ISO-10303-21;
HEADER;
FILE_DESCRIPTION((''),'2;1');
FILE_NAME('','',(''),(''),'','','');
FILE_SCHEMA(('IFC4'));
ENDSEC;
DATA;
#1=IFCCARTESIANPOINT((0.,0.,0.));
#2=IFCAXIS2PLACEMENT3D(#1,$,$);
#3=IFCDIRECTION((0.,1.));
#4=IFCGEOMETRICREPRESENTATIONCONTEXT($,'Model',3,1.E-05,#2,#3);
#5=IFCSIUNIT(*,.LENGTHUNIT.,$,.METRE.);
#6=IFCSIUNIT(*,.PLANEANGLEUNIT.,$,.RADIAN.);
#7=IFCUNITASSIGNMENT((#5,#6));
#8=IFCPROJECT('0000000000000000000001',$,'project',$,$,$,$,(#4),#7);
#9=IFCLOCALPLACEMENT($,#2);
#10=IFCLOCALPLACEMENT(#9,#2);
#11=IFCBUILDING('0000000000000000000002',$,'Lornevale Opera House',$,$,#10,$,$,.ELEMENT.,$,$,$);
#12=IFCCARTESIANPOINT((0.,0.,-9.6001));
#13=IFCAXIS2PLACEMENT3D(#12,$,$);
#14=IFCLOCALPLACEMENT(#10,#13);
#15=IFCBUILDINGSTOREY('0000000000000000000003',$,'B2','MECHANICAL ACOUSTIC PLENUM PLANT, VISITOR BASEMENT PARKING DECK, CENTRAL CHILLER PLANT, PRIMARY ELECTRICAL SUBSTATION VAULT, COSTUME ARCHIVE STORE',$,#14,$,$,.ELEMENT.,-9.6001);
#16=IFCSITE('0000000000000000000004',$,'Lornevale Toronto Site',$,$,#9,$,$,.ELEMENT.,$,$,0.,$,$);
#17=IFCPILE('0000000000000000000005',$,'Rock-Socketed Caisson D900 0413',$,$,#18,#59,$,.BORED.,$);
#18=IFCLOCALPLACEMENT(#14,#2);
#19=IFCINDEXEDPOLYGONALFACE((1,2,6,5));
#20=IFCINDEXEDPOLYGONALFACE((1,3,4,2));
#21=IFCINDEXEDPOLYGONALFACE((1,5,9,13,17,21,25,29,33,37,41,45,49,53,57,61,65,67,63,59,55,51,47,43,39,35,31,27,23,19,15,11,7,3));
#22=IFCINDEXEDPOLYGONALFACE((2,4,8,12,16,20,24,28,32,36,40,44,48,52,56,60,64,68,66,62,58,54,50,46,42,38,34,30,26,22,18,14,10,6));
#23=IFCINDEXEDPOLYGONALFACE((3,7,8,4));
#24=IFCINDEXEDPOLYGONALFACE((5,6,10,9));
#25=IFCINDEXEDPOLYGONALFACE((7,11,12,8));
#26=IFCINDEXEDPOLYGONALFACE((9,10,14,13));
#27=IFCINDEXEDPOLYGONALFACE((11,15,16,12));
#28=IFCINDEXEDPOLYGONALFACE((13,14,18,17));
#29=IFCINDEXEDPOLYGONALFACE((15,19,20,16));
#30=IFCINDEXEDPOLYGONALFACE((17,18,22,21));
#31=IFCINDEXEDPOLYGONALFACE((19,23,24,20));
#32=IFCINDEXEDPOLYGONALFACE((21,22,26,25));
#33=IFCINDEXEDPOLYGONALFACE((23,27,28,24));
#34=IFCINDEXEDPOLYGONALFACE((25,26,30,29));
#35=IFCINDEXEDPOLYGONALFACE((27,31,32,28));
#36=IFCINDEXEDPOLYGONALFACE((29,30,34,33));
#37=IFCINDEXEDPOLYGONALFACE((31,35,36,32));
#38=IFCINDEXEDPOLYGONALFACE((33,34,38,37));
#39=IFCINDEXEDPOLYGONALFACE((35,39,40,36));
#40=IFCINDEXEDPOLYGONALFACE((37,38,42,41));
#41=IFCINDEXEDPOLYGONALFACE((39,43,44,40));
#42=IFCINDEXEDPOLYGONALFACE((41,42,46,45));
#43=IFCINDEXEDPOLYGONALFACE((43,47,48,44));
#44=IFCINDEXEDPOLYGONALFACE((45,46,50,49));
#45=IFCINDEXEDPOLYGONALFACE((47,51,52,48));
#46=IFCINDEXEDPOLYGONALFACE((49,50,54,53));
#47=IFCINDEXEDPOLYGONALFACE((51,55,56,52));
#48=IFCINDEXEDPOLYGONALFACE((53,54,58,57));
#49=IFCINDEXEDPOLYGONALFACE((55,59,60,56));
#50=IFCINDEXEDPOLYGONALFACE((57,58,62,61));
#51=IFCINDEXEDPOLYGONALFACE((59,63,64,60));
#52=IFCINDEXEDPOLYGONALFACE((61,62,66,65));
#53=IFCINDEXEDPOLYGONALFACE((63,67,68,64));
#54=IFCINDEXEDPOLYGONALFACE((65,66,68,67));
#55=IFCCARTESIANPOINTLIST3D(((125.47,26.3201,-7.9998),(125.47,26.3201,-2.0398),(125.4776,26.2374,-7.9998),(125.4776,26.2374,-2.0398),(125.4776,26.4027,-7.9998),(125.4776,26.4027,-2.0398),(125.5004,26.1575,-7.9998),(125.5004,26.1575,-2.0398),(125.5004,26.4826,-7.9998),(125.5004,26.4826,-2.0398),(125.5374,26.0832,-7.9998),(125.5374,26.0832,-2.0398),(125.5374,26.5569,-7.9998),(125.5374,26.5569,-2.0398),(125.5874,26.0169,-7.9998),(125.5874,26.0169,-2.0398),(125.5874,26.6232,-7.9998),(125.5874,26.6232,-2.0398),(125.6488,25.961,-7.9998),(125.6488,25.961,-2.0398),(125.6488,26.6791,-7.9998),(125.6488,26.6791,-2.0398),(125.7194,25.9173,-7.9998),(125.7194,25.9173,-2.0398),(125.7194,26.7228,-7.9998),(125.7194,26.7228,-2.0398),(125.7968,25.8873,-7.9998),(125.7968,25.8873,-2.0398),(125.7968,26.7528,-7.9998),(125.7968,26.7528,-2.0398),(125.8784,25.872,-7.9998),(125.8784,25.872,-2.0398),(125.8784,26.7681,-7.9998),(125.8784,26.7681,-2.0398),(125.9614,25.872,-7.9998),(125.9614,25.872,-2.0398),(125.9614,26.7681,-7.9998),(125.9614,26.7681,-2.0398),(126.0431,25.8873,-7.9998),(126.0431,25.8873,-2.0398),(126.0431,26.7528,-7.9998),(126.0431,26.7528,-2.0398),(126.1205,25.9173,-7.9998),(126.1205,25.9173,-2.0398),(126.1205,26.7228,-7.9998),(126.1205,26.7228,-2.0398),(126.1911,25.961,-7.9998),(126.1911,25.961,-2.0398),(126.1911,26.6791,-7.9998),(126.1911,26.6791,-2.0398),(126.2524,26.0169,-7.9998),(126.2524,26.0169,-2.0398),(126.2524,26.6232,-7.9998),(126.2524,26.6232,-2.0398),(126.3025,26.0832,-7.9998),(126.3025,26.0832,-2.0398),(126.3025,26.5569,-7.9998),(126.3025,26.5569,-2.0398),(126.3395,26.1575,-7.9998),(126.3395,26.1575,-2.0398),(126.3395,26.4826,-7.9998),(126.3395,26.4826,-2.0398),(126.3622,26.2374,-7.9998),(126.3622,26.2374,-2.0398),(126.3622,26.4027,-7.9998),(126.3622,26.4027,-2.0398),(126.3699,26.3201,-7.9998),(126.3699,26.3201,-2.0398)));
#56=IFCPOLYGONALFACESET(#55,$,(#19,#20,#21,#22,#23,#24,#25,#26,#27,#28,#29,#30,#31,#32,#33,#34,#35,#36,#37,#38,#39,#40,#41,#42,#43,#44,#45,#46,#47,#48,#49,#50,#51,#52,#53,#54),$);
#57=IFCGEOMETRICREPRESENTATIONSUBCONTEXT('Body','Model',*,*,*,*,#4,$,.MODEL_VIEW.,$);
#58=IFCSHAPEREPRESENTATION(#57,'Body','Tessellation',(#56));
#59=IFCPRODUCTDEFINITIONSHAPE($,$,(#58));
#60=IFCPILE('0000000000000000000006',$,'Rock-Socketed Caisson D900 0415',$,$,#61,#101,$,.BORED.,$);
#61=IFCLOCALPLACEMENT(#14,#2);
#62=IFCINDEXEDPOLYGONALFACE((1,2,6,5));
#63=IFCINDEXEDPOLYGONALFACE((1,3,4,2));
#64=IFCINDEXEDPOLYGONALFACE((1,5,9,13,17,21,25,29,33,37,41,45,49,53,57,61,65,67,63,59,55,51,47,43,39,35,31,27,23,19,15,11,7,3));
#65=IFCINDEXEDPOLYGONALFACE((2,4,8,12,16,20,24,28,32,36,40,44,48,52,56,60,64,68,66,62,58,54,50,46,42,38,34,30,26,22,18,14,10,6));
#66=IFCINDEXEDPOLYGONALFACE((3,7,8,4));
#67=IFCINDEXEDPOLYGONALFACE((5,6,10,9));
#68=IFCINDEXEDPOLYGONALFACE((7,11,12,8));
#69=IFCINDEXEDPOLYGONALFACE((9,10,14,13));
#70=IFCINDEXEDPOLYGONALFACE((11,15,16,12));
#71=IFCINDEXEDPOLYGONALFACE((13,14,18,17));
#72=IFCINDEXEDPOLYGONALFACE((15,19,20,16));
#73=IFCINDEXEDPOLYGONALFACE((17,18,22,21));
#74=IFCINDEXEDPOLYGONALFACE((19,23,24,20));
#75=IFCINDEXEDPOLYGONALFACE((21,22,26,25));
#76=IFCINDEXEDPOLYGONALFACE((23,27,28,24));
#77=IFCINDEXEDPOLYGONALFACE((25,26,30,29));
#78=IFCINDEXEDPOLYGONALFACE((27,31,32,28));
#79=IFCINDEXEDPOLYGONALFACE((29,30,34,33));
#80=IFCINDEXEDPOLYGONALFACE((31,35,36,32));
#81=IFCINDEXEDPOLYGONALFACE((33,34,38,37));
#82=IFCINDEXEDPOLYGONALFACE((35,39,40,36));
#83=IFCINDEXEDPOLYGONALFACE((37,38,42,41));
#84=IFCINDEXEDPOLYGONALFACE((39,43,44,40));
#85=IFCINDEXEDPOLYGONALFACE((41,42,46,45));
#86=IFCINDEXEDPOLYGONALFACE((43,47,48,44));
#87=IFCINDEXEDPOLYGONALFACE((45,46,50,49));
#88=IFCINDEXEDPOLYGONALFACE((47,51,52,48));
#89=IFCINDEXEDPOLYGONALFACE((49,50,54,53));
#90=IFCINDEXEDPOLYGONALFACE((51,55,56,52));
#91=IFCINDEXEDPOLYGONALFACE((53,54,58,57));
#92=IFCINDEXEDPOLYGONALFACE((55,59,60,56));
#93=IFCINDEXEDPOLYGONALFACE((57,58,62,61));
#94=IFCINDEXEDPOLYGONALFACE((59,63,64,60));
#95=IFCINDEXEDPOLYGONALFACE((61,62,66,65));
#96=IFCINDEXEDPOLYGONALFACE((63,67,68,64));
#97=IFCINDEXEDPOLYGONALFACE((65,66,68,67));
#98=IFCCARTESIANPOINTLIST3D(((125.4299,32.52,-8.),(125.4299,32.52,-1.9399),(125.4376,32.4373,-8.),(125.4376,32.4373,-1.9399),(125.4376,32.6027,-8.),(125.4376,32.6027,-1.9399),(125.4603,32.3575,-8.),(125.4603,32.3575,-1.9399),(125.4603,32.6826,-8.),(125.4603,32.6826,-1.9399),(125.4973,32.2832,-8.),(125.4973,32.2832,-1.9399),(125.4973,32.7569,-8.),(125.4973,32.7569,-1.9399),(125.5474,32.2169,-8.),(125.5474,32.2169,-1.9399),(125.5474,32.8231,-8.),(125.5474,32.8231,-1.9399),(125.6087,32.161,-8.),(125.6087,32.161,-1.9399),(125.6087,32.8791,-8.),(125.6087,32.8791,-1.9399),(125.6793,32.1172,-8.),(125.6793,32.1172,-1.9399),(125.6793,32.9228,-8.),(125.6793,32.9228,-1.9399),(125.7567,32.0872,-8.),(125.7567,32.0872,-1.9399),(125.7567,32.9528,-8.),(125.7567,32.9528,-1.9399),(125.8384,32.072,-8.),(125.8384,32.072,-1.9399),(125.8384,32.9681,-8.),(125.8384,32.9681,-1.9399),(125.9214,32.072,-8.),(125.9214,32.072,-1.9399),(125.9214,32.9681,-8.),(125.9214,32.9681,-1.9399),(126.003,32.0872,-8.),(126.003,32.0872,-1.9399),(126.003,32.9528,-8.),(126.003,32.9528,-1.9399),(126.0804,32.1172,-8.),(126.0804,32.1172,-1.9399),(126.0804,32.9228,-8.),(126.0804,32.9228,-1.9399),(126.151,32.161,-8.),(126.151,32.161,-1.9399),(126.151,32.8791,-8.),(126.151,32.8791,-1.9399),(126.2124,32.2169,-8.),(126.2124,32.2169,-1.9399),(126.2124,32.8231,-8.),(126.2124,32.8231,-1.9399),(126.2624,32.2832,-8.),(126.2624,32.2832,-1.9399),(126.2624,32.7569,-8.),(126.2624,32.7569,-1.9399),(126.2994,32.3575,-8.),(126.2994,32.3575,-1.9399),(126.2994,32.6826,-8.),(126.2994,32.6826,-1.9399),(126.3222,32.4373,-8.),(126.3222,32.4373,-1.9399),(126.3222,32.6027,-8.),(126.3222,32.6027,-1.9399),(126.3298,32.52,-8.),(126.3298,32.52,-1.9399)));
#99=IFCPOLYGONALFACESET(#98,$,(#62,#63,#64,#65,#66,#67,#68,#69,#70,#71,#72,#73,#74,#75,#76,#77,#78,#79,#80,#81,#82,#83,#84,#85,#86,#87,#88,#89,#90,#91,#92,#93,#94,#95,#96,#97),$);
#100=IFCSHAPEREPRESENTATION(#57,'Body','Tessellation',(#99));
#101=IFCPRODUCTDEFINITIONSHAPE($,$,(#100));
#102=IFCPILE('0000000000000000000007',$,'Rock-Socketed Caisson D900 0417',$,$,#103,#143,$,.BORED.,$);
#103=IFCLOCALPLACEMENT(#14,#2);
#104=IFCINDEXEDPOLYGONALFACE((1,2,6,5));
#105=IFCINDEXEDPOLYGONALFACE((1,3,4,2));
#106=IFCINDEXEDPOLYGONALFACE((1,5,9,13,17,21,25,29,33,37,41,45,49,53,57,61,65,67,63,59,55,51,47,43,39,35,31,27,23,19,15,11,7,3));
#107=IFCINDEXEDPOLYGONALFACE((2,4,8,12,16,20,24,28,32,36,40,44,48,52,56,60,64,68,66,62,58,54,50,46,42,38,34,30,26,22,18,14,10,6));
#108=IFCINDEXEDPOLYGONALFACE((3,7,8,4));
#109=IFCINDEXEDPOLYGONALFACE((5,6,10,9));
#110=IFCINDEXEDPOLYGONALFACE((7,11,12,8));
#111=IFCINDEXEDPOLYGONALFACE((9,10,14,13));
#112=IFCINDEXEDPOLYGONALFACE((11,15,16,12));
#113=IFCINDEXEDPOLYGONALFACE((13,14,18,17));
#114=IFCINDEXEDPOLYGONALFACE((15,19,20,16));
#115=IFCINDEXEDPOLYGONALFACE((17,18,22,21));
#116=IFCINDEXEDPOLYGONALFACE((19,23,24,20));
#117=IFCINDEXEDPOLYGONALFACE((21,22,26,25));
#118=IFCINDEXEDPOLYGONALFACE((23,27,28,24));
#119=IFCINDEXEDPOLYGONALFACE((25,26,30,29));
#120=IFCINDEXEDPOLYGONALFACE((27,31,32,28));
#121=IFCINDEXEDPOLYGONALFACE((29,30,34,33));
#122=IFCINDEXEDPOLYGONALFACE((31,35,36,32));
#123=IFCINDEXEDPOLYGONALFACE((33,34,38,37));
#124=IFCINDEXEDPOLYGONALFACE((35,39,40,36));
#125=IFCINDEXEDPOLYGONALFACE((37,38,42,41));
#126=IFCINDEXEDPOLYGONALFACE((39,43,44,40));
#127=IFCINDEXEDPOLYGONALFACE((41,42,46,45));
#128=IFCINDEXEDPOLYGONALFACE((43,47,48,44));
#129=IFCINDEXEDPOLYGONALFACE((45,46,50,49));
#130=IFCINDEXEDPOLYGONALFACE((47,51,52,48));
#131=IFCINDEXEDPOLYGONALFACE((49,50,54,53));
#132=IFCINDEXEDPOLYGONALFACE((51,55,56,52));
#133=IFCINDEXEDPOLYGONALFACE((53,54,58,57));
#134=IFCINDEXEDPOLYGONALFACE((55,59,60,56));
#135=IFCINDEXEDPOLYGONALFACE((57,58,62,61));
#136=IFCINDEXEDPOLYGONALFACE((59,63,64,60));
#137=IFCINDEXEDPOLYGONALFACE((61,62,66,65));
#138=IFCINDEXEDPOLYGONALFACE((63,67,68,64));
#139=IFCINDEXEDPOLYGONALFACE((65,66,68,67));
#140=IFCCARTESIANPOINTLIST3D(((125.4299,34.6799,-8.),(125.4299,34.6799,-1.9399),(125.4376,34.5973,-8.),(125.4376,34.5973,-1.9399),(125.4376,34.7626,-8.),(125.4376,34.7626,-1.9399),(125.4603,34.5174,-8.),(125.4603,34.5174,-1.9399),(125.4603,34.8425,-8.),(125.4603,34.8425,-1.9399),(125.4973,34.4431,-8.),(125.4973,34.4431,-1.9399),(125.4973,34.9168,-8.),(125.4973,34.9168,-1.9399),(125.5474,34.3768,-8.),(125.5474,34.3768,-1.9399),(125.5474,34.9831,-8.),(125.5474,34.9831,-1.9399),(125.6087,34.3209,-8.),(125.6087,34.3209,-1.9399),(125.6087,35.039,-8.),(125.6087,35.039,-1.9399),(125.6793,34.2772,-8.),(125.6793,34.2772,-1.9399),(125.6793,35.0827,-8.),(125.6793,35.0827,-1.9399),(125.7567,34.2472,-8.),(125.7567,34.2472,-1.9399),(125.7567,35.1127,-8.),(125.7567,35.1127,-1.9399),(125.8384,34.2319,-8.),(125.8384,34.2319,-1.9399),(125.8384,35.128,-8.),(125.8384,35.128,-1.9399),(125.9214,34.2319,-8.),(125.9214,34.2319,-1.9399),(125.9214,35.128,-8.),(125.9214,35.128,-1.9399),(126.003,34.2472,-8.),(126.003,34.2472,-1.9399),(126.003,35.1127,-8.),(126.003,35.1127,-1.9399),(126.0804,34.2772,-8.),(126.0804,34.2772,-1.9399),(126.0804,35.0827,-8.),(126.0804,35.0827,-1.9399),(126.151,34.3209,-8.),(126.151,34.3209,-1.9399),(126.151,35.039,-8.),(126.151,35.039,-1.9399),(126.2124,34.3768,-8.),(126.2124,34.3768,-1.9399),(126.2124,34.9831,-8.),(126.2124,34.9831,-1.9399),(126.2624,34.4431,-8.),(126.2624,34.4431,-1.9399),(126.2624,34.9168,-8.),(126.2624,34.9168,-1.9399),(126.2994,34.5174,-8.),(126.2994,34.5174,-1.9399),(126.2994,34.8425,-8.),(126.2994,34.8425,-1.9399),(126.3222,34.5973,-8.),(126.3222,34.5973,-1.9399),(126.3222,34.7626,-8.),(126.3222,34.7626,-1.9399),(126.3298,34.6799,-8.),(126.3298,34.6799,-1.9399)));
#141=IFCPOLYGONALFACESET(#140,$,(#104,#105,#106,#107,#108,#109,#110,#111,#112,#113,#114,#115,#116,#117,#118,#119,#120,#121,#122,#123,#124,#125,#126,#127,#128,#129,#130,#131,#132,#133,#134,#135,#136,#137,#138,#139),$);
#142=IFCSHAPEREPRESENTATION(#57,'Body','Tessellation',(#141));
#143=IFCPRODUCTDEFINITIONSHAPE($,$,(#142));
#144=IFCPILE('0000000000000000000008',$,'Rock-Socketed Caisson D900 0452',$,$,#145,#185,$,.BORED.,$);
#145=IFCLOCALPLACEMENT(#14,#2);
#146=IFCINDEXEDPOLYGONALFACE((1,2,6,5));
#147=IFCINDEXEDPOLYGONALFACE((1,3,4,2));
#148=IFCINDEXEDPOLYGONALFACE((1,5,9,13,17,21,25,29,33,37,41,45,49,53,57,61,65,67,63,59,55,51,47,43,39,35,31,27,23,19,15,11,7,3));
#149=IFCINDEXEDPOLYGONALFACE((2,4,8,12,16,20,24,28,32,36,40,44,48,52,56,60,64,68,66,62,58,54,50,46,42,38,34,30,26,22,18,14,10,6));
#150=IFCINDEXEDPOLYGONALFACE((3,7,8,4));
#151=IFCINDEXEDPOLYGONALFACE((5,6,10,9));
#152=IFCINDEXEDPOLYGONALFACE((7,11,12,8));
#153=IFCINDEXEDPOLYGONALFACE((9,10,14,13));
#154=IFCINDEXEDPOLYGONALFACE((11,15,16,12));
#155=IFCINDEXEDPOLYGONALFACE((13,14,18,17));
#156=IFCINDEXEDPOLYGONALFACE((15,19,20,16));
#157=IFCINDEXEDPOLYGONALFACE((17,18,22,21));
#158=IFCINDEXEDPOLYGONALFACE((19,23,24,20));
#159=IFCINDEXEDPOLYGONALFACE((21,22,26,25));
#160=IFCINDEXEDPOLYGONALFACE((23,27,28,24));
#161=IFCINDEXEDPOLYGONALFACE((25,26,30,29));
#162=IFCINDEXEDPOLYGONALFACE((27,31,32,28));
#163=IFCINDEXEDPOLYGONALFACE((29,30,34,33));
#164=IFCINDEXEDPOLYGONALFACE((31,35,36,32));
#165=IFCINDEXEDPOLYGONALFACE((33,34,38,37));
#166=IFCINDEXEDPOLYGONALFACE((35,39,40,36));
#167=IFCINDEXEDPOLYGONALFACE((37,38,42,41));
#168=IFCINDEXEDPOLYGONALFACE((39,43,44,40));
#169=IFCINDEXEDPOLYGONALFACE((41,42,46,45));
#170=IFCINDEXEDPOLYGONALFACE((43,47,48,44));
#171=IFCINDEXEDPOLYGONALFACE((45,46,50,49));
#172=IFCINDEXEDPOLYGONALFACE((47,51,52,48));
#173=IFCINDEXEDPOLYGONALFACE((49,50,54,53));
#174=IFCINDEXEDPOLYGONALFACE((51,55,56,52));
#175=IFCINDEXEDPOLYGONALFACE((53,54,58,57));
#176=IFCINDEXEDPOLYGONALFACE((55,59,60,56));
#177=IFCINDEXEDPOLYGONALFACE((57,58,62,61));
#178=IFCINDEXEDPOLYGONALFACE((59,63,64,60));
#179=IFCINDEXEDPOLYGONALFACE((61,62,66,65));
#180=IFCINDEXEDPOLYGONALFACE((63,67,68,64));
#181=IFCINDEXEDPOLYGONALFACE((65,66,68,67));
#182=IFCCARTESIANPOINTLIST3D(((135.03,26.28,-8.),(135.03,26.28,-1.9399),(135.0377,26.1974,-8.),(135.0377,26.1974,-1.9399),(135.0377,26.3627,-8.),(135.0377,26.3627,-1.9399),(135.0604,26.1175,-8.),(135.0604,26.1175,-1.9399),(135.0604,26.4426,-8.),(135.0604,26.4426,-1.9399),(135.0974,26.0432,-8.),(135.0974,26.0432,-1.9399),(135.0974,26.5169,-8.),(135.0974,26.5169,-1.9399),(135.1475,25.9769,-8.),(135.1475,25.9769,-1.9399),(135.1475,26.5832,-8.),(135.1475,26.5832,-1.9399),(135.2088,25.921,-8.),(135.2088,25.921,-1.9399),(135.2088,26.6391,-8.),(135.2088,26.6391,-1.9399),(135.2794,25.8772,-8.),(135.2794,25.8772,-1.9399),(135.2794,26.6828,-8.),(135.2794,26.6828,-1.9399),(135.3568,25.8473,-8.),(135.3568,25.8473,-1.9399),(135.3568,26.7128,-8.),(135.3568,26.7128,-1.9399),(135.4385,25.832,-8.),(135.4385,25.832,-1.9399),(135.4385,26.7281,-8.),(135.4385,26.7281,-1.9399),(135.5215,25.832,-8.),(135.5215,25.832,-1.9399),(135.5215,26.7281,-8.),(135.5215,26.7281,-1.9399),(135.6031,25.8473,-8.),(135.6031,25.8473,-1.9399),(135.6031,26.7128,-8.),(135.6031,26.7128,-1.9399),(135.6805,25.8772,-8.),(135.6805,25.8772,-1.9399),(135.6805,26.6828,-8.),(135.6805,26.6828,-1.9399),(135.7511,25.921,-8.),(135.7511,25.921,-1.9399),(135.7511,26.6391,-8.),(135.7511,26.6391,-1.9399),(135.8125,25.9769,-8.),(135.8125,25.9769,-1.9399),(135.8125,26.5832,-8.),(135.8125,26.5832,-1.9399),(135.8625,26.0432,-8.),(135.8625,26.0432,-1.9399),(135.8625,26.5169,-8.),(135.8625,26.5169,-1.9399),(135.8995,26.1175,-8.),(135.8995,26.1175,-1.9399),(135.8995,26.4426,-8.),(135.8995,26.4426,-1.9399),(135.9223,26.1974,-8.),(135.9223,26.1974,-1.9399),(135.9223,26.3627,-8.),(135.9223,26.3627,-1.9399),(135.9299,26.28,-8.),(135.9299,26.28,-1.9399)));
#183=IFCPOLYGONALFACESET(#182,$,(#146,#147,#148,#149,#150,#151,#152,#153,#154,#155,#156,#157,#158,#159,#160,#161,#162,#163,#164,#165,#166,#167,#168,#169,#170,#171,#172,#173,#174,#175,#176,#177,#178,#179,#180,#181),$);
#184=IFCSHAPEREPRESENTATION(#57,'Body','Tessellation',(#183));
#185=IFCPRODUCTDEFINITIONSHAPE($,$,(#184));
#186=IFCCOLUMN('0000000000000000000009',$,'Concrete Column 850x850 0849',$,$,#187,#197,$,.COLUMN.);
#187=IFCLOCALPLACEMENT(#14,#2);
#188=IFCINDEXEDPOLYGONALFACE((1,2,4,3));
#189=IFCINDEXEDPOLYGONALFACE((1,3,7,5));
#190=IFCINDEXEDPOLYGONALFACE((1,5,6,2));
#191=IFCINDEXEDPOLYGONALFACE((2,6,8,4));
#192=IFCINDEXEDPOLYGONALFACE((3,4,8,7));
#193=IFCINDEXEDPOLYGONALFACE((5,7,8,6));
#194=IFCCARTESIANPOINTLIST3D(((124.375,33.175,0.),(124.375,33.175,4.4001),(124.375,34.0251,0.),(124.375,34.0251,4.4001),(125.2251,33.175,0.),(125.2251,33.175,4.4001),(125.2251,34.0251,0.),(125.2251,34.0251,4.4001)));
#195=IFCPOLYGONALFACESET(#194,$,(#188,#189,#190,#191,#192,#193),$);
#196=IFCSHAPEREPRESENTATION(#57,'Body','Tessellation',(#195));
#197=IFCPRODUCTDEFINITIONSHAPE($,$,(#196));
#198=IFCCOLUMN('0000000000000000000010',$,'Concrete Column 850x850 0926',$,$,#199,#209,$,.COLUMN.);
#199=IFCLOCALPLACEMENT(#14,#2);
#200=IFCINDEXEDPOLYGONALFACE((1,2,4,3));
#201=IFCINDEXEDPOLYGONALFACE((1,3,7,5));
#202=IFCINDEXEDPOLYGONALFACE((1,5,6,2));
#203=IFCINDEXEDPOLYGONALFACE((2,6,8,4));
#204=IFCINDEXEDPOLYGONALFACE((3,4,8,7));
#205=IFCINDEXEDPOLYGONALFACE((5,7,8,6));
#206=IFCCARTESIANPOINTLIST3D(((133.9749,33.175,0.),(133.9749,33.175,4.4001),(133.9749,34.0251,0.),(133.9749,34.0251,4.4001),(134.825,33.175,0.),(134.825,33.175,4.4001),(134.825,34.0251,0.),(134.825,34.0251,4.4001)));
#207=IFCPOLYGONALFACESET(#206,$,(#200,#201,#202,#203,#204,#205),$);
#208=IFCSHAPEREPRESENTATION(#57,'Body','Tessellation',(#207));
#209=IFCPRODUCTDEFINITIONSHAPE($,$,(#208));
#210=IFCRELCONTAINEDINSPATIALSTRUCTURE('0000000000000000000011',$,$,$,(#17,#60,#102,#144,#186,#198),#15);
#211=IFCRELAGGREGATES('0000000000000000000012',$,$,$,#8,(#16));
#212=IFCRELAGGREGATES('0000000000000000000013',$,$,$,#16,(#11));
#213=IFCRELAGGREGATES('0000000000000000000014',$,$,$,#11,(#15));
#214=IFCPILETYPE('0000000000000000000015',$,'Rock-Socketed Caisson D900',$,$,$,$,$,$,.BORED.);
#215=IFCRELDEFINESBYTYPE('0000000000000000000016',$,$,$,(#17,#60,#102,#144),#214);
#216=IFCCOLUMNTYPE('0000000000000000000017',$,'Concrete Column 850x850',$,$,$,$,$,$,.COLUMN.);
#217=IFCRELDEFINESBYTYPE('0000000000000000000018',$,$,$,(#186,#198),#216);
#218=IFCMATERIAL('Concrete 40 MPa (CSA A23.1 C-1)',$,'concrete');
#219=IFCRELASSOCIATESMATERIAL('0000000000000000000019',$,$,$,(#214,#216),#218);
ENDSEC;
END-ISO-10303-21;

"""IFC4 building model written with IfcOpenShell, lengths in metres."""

from ifc_helpers import new_model, si_unit, direction, frame, origin, origin_2d, place, context, subcontext, project, spatial, rectangle, circle, extrude, material, material_profile, profile_set, type_object, element, save


model = new_model("IFC4")

# Units and contexts
model_context = context("Model", 3, precision=1e-05, world=origin(), true_north=direction((0.0, 1.0)))
body_context = subcontext(model_context, "Body", "Model", "MODEL_VIEW")
ifc_project = project(units=[si_unit("LENGTHUNIT", "METRE"), si_unit("PLANEANGLEUNIT", "RADIAN")], contexts=[model_context])

# Site, building, storey
site_placement = place(None, origin())
site = spatial("IfcSite", under=ifc_project, at=site_placement, Name="Lornevale Toronto Site", CompositionType="ELEMENT", RefElevation=0.0)
building_placement = place(site_placement, origin())
building = spatial("IfcBuilding", under=site, at=building_placement, Name="Lornevale Opera House", CompositionType="ELEMENT")
storey_placement = place(building_placement, frame((0.0, 0.0, -9.6001)))
storey = spatial("IfcBuildingStorey", under=building, at=storey_placement, Name="B2", Description="MECHANICAL ACOUSTIC PLENUM PLANT, VISITOR BASEMENT PARKING DECK, CENTRAL CHILLER PLANT, PRIMARY ELECTRICAL SUBSTATION VAULT, COSTUME ARCHIVE STORE", CompositionType="ELEMENT", Elevation=-9.6001)

# Piles
ifc_material_1 = material(Name="Concrete 40 MPa (CSA A23.1 C-1)", Category="concrete")
ifc_material_profile_1 = material_profile(ifc_material_1, circle(Radius=0.45, at=origin_2d()), Name="CAIS900")
ifc_profile_set_1 = profile_set([ifc_material_profile_1], Name="Concrete 40 MPa (CSA A23.1 C-1)")
pile_type_1 = type_object("IfcPileType", Name="Rock-Socketed Caisson D900", PredefinedType="BORED", material=ifc_profile_set_1)
pile_placement = place(storey_placement, frame((125.9199, 26.3201, -2.0398), z_axis=(0.0, 0.0, -1.0), x_axis=(1.0, 0.0, 0.0)))
element("IfcPile", 1, at=pile_placement, inside=storey, type_object=pile_type_1, Name="Rock-Socketed Caisson D900 0413", PredefinedType="BORED", context=body_context, shape_type="SweptSolid", body=[
    extrude(circle(Radius=0.45, at=origin_2d()), origin(), (0.0, 0.0, 1.0), 5.96),
])
for number, where, z_axis, x_axis, name in (
    (2, (125.8799, 32.52, -1.9399), (0.0, 0.0, -1.0), (1.0, 0.0, 0.0), "Rock-Socketed Caisson D900 0415"),
    (3, (125.8799, 34.6799, -1.9399), (0.0, 0.0, -1.0), (1.0, 0.0, 0.0), "Rock-Socketed Caisson D900 0417"),
    (4, (135.48, 26.28, -1.9399), (0.0, 0.0, -1.0), (1.0, 0.0, 0.0), "Rock-Socketed Caisson D900 0452"),
):
    element("IfcPile", number, at=place(storey_placement, frame(where, z_axis=z_axis, x_axis=x_axis)), inside=storey, type_object=pile_type_1, Name=name, PredefinedType="BORED", context=body_context, shape_type="SweptSolid", body=[
        extrude(circle(Radius=0.45, at=origin_2d()), origin(), (0.0, 0.0, 1.0), 6.0601),
    ])

# Columns
ifc_material_profile_2 = material_profile(ifc_material_1, rectangle(XDim=0.8501, YDim=0.8501, at=origin_2d()), Name="RC850x850")
ifc_profile_set_2 = profile_set([ifc_material_profile_2], Name="Concrete 40 MPa (CSA A23.1 C-1)")
column_type = type_object("IfcColumnType", Name="Concrete Column 850x850", PredefinedType="COLUMN", material=ifc_profile_set_2)
for number, where, z_axis, x_axis, name in (
    (5, (124.8, 33.6001, 0.0), (0.0, 0.0, 1.0), (1.0, 0.0, 0.0), "Concrete Column 850x850 0849"),
    (6, (134.3999, 33.6001, 0.0), (0.0, 0.0, 1.0), (1.0, 0.0, 0.0), "Concrete Column 850x850 0926"),
):
    element("IfcColumn", number, at=place(storey_placement, frame(where, z_axis=z_axis, x_axis=x_axis)), inside=storey, type_object=column_type, Name=name, PredefinedType="COLUMN", context=body_context, shape_type="SweptSolid", body=[
        extrude(rectangle(XDim=0.8501, YDim=0.8501, at=origin_2d()), origin(), (0.0, 0.0, 1.0), 4.4001),
    ])

save(model, "model.ifc")
